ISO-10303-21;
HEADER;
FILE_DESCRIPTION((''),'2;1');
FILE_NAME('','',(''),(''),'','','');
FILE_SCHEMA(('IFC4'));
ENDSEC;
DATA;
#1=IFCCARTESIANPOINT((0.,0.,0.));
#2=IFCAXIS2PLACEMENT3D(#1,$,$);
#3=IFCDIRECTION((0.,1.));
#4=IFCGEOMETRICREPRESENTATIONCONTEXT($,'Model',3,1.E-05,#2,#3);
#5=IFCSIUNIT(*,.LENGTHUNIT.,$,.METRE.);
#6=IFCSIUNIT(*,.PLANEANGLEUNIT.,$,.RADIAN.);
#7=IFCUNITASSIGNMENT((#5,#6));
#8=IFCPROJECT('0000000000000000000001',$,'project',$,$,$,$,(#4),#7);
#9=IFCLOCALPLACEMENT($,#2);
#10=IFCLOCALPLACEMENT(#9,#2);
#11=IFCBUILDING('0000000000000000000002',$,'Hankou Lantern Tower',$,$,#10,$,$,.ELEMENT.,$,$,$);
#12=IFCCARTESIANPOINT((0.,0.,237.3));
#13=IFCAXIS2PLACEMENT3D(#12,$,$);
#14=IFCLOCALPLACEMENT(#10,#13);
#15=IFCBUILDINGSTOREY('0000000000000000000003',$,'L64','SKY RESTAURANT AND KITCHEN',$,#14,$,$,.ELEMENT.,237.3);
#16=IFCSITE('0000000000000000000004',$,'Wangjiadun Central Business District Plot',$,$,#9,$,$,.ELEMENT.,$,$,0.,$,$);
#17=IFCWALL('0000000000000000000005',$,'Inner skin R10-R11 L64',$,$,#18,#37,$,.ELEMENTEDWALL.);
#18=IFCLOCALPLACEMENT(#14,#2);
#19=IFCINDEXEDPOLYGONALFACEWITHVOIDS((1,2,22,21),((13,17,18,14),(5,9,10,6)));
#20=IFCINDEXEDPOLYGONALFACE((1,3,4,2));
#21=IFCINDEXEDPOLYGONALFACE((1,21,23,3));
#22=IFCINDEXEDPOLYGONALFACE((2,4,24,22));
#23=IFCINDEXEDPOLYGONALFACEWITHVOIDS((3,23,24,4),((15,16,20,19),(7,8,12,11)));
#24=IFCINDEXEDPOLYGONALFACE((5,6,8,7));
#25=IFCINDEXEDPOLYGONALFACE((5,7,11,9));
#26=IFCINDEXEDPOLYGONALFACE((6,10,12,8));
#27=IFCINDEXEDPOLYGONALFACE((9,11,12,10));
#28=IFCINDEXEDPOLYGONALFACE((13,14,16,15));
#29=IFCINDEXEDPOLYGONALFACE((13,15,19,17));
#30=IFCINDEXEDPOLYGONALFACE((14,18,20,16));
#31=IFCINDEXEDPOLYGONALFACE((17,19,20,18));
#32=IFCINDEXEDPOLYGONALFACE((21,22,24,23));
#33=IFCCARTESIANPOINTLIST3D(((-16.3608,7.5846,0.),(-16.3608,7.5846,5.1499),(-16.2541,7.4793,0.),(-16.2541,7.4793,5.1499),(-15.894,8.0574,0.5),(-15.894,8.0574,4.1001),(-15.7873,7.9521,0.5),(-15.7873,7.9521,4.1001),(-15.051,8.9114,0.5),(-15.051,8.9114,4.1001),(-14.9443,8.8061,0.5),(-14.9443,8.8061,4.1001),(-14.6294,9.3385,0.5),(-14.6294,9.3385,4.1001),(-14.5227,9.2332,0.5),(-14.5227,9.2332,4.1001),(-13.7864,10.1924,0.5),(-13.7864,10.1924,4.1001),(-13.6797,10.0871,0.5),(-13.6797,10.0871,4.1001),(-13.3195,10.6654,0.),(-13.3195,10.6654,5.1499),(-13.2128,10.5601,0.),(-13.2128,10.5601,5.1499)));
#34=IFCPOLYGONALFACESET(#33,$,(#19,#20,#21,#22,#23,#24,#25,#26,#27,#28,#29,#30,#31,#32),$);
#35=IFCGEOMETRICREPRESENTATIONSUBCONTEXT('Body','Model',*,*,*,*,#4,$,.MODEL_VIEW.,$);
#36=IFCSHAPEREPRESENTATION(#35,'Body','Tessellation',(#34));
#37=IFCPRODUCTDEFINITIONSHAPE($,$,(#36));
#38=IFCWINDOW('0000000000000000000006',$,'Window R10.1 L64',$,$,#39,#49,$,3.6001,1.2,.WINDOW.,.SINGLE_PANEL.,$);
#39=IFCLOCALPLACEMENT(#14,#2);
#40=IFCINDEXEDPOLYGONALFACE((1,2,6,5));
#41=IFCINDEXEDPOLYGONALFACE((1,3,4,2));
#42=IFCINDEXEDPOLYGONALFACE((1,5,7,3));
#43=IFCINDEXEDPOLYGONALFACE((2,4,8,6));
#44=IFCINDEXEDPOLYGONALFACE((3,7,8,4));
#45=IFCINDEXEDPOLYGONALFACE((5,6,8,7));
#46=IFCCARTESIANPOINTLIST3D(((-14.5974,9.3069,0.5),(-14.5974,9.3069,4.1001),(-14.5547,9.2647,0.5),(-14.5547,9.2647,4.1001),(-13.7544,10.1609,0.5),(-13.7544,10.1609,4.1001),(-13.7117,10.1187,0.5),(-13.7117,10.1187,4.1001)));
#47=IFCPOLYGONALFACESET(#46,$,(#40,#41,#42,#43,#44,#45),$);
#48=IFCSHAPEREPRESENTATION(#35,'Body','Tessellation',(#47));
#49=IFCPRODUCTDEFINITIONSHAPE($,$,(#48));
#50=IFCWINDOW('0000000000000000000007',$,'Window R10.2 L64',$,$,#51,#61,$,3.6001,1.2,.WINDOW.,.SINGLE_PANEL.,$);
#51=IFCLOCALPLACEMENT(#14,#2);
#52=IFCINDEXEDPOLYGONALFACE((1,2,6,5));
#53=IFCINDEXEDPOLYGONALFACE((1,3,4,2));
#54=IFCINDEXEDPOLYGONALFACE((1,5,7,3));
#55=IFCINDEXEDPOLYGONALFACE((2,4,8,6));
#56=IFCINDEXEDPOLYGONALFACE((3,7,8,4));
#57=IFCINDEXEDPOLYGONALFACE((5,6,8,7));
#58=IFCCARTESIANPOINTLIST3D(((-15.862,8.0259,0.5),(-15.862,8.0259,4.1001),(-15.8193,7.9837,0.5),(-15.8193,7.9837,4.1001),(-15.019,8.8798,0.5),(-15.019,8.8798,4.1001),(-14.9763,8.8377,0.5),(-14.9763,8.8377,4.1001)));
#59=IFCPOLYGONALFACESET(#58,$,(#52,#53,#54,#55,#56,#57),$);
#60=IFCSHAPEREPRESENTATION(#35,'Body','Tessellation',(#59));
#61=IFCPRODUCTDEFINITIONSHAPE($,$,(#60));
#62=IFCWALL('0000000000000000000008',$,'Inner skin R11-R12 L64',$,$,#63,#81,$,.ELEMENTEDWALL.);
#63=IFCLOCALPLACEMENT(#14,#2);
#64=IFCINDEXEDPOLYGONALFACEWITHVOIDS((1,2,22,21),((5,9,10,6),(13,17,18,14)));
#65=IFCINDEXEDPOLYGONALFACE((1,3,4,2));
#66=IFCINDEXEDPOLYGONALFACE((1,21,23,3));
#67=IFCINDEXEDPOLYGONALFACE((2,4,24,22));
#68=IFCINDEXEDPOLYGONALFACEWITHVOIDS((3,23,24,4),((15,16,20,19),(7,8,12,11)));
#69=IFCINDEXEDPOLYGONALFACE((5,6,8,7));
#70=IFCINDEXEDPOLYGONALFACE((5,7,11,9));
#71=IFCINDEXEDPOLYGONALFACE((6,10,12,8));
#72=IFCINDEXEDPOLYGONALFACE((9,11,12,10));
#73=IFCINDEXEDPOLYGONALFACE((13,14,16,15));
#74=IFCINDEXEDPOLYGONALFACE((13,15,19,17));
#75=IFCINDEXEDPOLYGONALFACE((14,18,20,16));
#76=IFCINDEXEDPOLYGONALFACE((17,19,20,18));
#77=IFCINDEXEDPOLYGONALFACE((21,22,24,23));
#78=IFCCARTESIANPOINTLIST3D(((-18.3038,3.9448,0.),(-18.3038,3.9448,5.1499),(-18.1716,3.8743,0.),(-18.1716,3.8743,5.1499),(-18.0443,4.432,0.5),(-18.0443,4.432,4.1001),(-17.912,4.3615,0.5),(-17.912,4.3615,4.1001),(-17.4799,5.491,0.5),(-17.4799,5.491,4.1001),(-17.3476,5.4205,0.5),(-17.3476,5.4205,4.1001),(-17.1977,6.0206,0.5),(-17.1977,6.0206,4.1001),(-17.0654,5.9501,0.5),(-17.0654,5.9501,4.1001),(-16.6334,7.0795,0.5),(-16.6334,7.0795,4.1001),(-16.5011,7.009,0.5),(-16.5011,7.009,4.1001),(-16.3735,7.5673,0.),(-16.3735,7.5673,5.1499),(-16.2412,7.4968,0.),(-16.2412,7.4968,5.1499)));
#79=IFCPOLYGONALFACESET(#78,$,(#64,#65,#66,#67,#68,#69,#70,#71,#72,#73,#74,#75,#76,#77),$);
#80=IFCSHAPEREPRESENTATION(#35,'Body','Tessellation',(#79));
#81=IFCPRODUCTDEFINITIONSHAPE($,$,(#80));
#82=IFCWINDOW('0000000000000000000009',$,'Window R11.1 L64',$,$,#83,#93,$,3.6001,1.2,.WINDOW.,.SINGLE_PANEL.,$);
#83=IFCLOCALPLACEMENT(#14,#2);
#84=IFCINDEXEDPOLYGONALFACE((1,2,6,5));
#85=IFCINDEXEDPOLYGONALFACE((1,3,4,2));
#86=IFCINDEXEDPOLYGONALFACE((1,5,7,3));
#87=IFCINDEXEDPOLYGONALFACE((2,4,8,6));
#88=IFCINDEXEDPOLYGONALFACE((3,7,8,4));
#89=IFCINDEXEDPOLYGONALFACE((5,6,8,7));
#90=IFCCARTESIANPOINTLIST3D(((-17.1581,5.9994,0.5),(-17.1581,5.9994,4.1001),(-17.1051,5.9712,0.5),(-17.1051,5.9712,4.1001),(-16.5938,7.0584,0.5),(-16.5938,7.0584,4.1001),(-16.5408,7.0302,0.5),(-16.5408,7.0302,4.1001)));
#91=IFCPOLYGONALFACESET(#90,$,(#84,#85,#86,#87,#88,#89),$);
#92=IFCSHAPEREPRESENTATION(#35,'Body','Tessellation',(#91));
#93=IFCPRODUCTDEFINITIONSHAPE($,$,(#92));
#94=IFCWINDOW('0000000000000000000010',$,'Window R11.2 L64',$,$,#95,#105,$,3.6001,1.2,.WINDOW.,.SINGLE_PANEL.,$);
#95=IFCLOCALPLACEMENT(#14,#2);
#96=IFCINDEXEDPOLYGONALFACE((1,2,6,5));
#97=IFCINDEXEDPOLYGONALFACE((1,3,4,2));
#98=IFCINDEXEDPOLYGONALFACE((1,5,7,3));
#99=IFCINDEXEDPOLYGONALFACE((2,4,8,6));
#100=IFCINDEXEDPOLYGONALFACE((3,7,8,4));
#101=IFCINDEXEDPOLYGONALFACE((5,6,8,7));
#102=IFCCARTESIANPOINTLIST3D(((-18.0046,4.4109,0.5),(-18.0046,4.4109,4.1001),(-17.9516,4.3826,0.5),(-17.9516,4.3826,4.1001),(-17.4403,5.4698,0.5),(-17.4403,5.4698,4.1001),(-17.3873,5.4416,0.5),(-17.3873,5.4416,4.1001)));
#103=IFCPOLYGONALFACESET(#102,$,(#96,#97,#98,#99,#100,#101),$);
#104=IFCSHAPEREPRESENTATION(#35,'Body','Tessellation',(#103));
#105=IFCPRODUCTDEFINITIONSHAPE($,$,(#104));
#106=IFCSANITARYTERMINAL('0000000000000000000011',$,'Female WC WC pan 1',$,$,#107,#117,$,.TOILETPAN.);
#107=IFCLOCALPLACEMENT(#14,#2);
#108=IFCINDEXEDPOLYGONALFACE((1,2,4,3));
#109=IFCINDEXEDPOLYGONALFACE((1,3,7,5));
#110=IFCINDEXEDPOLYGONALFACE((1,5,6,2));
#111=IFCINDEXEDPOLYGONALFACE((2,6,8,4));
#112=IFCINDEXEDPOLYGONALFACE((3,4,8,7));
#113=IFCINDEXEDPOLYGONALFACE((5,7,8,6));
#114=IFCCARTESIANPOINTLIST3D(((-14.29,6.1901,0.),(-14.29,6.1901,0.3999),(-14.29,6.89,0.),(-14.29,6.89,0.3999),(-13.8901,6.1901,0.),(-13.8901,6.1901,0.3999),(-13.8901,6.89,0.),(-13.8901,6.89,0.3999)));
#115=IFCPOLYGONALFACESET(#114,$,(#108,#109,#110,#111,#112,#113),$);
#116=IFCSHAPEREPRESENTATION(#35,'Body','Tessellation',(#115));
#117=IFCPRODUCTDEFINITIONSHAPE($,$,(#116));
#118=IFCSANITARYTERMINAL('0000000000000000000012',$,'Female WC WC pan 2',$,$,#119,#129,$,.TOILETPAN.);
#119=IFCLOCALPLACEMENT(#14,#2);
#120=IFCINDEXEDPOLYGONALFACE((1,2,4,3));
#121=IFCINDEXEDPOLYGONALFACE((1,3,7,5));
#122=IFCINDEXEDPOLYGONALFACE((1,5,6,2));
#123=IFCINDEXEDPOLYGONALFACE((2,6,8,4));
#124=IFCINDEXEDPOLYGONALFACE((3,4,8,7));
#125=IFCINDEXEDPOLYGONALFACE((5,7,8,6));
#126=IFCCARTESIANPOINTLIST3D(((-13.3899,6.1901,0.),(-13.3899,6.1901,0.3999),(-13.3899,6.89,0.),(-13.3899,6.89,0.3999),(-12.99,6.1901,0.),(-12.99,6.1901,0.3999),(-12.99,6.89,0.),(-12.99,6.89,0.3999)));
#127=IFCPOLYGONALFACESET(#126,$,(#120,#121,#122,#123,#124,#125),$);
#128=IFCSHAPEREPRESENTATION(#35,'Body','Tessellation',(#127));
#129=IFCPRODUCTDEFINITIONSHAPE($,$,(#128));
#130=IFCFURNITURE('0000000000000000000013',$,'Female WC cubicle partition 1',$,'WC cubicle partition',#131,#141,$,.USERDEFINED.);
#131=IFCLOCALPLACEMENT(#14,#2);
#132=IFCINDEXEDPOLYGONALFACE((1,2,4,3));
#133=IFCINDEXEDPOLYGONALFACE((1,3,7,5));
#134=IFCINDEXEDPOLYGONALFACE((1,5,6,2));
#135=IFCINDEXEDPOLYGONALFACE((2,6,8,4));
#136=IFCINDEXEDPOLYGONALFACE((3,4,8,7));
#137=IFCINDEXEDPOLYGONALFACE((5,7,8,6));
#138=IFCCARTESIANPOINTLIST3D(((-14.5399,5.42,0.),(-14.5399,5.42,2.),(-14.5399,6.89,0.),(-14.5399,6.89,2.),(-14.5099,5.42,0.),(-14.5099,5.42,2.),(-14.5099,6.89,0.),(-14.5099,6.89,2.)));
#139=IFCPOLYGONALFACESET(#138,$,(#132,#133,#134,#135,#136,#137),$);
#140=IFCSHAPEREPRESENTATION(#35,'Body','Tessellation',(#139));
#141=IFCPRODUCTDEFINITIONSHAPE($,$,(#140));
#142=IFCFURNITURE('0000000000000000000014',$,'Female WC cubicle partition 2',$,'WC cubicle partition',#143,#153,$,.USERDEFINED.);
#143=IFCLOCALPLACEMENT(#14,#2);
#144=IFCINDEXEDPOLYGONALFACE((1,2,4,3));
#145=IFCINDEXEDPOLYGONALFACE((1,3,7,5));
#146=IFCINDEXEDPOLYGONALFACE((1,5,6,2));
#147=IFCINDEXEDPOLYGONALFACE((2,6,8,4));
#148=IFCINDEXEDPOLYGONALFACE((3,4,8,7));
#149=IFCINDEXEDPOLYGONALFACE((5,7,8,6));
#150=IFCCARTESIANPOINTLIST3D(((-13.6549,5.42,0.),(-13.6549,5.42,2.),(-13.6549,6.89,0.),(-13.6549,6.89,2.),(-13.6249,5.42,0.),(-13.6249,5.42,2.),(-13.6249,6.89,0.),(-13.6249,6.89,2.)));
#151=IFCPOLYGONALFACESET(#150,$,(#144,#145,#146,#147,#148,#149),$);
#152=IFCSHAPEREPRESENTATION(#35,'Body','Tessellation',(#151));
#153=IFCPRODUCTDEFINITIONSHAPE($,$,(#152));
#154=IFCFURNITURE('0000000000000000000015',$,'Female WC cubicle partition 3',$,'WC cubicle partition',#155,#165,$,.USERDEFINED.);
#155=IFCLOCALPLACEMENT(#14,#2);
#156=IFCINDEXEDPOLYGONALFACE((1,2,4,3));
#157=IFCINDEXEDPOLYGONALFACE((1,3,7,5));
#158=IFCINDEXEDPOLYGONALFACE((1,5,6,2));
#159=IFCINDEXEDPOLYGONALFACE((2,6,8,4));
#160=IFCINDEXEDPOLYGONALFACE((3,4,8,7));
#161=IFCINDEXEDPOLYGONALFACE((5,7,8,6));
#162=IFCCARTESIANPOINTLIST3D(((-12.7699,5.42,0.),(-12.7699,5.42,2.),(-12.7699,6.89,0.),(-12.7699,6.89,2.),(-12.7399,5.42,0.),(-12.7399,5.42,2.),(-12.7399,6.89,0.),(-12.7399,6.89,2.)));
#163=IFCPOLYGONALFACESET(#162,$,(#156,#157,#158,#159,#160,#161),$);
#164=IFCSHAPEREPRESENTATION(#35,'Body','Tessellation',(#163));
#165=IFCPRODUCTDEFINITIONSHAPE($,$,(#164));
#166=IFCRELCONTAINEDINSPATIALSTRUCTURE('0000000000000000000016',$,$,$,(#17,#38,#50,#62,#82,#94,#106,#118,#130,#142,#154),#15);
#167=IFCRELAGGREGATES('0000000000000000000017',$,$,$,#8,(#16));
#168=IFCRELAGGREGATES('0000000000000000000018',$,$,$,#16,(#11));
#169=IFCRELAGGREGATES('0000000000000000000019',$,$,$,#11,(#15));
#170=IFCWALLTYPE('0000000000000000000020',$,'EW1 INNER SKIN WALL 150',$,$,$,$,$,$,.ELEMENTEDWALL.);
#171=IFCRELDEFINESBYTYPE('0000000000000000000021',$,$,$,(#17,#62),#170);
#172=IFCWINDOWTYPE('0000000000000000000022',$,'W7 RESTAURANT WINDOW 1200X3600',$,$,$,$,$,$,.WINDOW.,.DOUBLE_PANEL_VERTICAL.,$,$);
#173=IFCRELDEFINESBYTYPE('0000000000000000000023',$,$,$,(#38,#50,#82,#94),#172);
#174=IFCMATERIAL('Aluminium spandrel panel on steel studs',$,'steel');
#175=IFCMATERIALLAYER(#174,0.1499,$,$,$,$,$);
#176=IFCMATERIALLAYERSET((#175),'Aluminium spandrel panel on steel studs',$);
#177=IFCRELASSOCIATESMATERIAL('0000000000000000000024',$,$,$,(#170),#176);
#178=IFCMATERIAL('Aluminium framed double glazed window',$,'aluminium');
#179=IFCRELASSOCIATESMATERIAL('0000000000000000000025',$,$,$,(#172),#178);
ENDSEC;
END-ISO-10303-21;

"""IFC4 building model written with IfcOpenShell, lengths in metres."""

from ifc_helpers import new_model, si_unit, direction, frame, frame_2d, origin, origin_2d, place, context, subcontext, project, spatial, rectangle, extrude, material, layer, layer_set, type_object, element, fill, save


model = new_model("IFC4")

# Units and contexts
model_context = context("Model", 3, precision=1e-05, world=origin(), true_north=direction((0.0, 1.0)))
body_context = subcontext(model_context, "Body", "Model", "MODEL_VIEW")
ifc_project = project(units=[si_unit("LENGTHUNIT", "METRE"), si_unit("PLANEANGLEUNIT", "RADIAN")], contexts=[model_context])

# Site, building, storey
site_placement = place(None, origin())
site = spatial("IfcSite", under=ifc_project, at=site_placement, Name="Wangjiadun Central Business District Plot", CompositionType="ELEMENT", RefElevation=0.0)
building_placement = place(site_placement, origin())
building = spatial("IfcBuilding", under=site, at=building_placement, Name="Hankou Lantern Tower", CompositionType="ELEMENT")
storey_placement = place(building_placement, frame((0.0, 0.0, 237.3)))
storey = spatial("IfcBuildingStorey", under=building, at=storey_placement, Name="L64", Description="SKY RESTAURANT AND KITCHEN", CompositionType="ELEMENT", Elevation=237.3)

# Walls, openings, windows
ifc_material_1 = material(Name="Aluminium spandrel panel on steel studs", Category="steel")
ifc_layer_1 = layer(ifc_material_1, 0.1499)
ifc_layer_set_1 = layer_set([ifc_layer_1], Name="Aluminium spandrel panel on steel studs")
wall_type = type_object("IfcWallType", Name="EW1 INNER SKIN WALL 150", PredefinedType="ELEMENTEDWALL", material=ifc_layer_set_1)
wall_1_placement = place(storey_placement, frame((-13.2661, 10.6128, 0.0), z_axis=(0.0, 0.0, 1.0), x_axis=(-0.702524, -0.71166, 0.0)))
wall_1 = element("IfcWall", 1, at=wall_1_placement, inside=storey, type_object=wall_type, Name="Inner skin R10-R11 L64", PredefinedType="ELEMENTEDWALL", context=body_context, shape_type="SweptSolid", body=[
    extrude(rectangle(XDim=4.3291, YDim=0.1499, at=frame_2d((2.1646, 0.0))), origin(), (0.0, 0.0, 1.0), 5.1499),
])
opening_1_placement = place(wall_1_placement, frame((0.6646, 0.0, 0.5)))
opening_1 = element("IfcOpeningElement", 2, at=opening_1_placement, cuts=wall_1, PredefinedType="OPENING", context=body_context, shape_type="SweptSolid", body=[
    extrude(rectangle(XDim=1.2, YDim=3.6001, at=frame_2d((0.6001, 1.8))), frame((0.0, 0.085, 0.0), z_axis=(0.0, -1.0, 0.0), x_axis=(1.0, 0.0, 0.0)), (0.0, 0.0, 1.0), 0.1699),
])
opening_2_placement = place(wall_1_placement, frame((2.4646, 0.0, 0.5)))
opening_2 = element("IfcOpeningElement", 3, at=opening_2_placement, cuts=wall_1, PredefinedType="OPENING", context=body_context, shape_type="SweptSolid", body=[
    extrude(rectangle(XDim=1.2, YDim=3.6001, at=frame_2d((0.6001, 1.8))), frame((0.0, 0.085, 0.0), z_axis=(0.0, -1.0, 0.0), x_axis=(1.0, 0.0, 0.0)), (0.0, 0.0, 1.0), 0.1699),
])
ifc_material_2 = material(Name="Aluminium framed double glazed window", Category="aluminium")
window_type = type_object("IfcWindowType", Name="W7 RESTAURANT WINDOW 1200X3600", PartitioningType="DOUBLE_PANEL_VERTICAL", PredefinedType="WINDOW", material=ifc_material_2)
window_1_placement = place(opening_1_placement, origin())
window_1 = element("IfcWindow", 4, at=window_1_placement, inside=storey, type_object=window_type, Name="Window R10.1 L64", OverallHeight=3.6001, OverallWidth=1.2, PartitioningType="SINGLE_PANEL", PredefinedType="WINDOW", context=body_context, shape_type="SweptSolid", body=[
    extrude(rectangle(XDim=1.2, YDim=3.6001, at=frame_2d((0.6001, 1.8))), frame((0.0, 0.03, 0.0), z_axis=(0.0, -1.0, 0.0), x_axis=(1.0, 0.0, 0.0)), (0.0, 0.0, 1.0), 0.0601),
])
fill(opening_1, window_1)
window_2_placement = place(opening_2_placement, origin())
window_2 = element("IfcWindow", 5, at=window_2_placement, inside=storey, type_object=window_type, Name="Window R10.2 L64", OverallHeight=3.6001, OverallWidth=1.2, PartitioningType="SINGLE_PANEL", PredefinedType="WINDOW", context=body_context, shape_type="SweptSolid", body=[
    extrude(rectangle(XDim=1.2, YDim=3.6001, at=frame_2d((0.6001, 1.8))), frame((0.0, 0.03, 0.0), z_axis=(0.0, -1.0, 0.0), x_axis=(1.0, 0.0, 0.0)), (0.0, 0.0, 1.0), 0.0601),
])
fill(opening_2, window_2)
wall_2_placement = place(storey_placement, frame((-16.3074, 7.532, 0.0), z_axis=(0.0, 0.0, 1.0), x_axis=(-0.470283, -0.882516, 0.0)))
wall_2 = element("IfcWall", 6, at=wall_2_placement, inside=storey, type_object=wall_type, Name="Inner skin R11-R12 L64", PredefinedType="ELEMENTEDWALL", context=body_context, shape_type="SweptSolid", body=[
    extrude(rectangle(XDim=4.1047, YDim=0.1499, at=frame_2d((2.0522, 0.0))), origin(), (0.0, 0.0, 1.0), 5.1499),
])
opening_3_placement = place(wall_2_placement, frame((0.5525, 0.0, 0.5)))
opening_3 = element("IfcOpeningElement", 7, at=opening_3_placement, cuts=wall_2, PredefinedType="OPENING", context=body_context, shape_type="SweptSolid", body=[
    extrude(rectangle(XDim=1.2, YDim=3.6001, at=frame_2d((0.6001, 1.8))), frame((0.0, 0.085, 0.0), z_axis=(0.0, -1.0, 0.0), x_axis=(1.0, 0.0, 0.0)), (0.0, 0.0, 1.0), 0.1699),
])
opening_4_placement = place(wall_2_placement, frame((2.3525, 0.0, 0.5)))
opening_4 = element("IfcOpeningElement", 8, at=opening_4_placement, cuts=wall_2, PredefinedType="OPENING", context=body_context, shape_type="SweptSolid", body=[
    extrude(rectangle(XDim=1.2, YDim=3.6001, at=frame_2d((0.6001, 1.8))), frame((0.0, 0.085, 0.0), z_axis=(0.0, -1.0, 0.0), x_axis=(1.0, 0.0, 0.0)), (0.0, 0.0, 1.0), 0.1699),
])
window_3_placement = place(opening_3_placement, origin())
window_3 = element("IfcWindow", 9, at=window_3_placement, inside=storey, type_object=window_type, Name="Window R11.1 L64", OverallHeight=3.6001, OverallWidth=1.2, PartitioningType="SINGLE_PANEL", PredefinedType="WINDOW", context=body_context, shape_type="SweptSolid", body=[
    extrude(rectangle(XDim=1.2, YDim=3.6001, at=frame_2d((0.6001, 1.8))), frame((0.0, 0.03, 0.0), z_axis=(0.0, -1.0, 0.0), x_axis=(1.0, 0.0, 0.0)), (0.0, 0.0, 1.0), 0.0601),
])
fill(opening_3, window_3)
window_4_placement = place(opening_4_placement, origin())
window_4 = element("IfcWindow", 10, at=window_4_placement, inside=storey, type_object=window_type, Name="Window R11.2 L64", OverallHeight=3.6001, OverallWidth=1.2, PartitioningType="SINGLE_PANEL", PredefinedType="WINDOW", context=body_context, shape_type="SweptSolid", body=[
    extrude(rectangle(XDim=1.2, YDim=3.6001, at=frame_2d((0.6001, 1.8))), frame((0.0, 0.03, 0.0), z_axis=(0.0, -1.0, 0.0), x_axis=(1.0, 0.0, 0.0)), (0.0, 0.0, 1.0), 0.0601),
])
fill(opening_4, window_4)

# Sanitary terminals
for number, where, z_axis, x_axis, name in (
    (11, (-14.0901, 6.54, 0.0), (0.0, 0.0, 1.0), (1.0, 0.0, 0.0), "Female WC WC pan 1"),
    (12, (-13.1899, 6.54, 0.0), (0.0, 0.0, 1.0), (1.0, 0.0, 0.0), "Female WC WC pan 2"),
):
    element("IfcSanitaryTerminal", number, at=place(storey_placement, frame(where, z_axis=z_axis, x_axis=x_axis)), inside=storey, Name=name, PredefinedType="TOILETPAN", context=body_context, shape_type="SweptSolid", body=[
        extrude(rectangle(XDim=0.3999, YDim=0.7, at=origin_2d()), origin(), (0.0, 0.0, 1.0), 0.3999),
    ])

# Furniture
for number, where, z_axis, x_axis, name in (
    (13, (-14.5249, 6.155, 0.0), (0.0, 0.0, 1.0), (1.0, 0.0, 0.0), "Female WC cubicle partition 1"),
    (14, (-13.6399, 6.155, 0.0), (0.0, 0.0, 1.0), (1.0, 0.0, 0.0), "Female WC cubicle partition 2"),
    (15, (-12.7549, 6.155, 0.0), (0.0, 0.0, 1.0), (1.0, 0.0, 0.0), "Female WC cubicle partition 3"),
):
    element("IfcFurniture", number, at=place(storey_placement, frame(where, z_axis=z_axis, x_axis=x_axis)), inside=storey, Name=name, ObjectType="WC cubicle partition", PredefinedType="USERDEFINED", context=body_context, shape_type="SweptSolid", body=[
        extrude(rectangle(XDim=0.03, YDim=1.47, at=origin_2d()), origin(), (0.0, 0.0, 1.0), 2.0),
    ])

save(model, "model.ifc")
